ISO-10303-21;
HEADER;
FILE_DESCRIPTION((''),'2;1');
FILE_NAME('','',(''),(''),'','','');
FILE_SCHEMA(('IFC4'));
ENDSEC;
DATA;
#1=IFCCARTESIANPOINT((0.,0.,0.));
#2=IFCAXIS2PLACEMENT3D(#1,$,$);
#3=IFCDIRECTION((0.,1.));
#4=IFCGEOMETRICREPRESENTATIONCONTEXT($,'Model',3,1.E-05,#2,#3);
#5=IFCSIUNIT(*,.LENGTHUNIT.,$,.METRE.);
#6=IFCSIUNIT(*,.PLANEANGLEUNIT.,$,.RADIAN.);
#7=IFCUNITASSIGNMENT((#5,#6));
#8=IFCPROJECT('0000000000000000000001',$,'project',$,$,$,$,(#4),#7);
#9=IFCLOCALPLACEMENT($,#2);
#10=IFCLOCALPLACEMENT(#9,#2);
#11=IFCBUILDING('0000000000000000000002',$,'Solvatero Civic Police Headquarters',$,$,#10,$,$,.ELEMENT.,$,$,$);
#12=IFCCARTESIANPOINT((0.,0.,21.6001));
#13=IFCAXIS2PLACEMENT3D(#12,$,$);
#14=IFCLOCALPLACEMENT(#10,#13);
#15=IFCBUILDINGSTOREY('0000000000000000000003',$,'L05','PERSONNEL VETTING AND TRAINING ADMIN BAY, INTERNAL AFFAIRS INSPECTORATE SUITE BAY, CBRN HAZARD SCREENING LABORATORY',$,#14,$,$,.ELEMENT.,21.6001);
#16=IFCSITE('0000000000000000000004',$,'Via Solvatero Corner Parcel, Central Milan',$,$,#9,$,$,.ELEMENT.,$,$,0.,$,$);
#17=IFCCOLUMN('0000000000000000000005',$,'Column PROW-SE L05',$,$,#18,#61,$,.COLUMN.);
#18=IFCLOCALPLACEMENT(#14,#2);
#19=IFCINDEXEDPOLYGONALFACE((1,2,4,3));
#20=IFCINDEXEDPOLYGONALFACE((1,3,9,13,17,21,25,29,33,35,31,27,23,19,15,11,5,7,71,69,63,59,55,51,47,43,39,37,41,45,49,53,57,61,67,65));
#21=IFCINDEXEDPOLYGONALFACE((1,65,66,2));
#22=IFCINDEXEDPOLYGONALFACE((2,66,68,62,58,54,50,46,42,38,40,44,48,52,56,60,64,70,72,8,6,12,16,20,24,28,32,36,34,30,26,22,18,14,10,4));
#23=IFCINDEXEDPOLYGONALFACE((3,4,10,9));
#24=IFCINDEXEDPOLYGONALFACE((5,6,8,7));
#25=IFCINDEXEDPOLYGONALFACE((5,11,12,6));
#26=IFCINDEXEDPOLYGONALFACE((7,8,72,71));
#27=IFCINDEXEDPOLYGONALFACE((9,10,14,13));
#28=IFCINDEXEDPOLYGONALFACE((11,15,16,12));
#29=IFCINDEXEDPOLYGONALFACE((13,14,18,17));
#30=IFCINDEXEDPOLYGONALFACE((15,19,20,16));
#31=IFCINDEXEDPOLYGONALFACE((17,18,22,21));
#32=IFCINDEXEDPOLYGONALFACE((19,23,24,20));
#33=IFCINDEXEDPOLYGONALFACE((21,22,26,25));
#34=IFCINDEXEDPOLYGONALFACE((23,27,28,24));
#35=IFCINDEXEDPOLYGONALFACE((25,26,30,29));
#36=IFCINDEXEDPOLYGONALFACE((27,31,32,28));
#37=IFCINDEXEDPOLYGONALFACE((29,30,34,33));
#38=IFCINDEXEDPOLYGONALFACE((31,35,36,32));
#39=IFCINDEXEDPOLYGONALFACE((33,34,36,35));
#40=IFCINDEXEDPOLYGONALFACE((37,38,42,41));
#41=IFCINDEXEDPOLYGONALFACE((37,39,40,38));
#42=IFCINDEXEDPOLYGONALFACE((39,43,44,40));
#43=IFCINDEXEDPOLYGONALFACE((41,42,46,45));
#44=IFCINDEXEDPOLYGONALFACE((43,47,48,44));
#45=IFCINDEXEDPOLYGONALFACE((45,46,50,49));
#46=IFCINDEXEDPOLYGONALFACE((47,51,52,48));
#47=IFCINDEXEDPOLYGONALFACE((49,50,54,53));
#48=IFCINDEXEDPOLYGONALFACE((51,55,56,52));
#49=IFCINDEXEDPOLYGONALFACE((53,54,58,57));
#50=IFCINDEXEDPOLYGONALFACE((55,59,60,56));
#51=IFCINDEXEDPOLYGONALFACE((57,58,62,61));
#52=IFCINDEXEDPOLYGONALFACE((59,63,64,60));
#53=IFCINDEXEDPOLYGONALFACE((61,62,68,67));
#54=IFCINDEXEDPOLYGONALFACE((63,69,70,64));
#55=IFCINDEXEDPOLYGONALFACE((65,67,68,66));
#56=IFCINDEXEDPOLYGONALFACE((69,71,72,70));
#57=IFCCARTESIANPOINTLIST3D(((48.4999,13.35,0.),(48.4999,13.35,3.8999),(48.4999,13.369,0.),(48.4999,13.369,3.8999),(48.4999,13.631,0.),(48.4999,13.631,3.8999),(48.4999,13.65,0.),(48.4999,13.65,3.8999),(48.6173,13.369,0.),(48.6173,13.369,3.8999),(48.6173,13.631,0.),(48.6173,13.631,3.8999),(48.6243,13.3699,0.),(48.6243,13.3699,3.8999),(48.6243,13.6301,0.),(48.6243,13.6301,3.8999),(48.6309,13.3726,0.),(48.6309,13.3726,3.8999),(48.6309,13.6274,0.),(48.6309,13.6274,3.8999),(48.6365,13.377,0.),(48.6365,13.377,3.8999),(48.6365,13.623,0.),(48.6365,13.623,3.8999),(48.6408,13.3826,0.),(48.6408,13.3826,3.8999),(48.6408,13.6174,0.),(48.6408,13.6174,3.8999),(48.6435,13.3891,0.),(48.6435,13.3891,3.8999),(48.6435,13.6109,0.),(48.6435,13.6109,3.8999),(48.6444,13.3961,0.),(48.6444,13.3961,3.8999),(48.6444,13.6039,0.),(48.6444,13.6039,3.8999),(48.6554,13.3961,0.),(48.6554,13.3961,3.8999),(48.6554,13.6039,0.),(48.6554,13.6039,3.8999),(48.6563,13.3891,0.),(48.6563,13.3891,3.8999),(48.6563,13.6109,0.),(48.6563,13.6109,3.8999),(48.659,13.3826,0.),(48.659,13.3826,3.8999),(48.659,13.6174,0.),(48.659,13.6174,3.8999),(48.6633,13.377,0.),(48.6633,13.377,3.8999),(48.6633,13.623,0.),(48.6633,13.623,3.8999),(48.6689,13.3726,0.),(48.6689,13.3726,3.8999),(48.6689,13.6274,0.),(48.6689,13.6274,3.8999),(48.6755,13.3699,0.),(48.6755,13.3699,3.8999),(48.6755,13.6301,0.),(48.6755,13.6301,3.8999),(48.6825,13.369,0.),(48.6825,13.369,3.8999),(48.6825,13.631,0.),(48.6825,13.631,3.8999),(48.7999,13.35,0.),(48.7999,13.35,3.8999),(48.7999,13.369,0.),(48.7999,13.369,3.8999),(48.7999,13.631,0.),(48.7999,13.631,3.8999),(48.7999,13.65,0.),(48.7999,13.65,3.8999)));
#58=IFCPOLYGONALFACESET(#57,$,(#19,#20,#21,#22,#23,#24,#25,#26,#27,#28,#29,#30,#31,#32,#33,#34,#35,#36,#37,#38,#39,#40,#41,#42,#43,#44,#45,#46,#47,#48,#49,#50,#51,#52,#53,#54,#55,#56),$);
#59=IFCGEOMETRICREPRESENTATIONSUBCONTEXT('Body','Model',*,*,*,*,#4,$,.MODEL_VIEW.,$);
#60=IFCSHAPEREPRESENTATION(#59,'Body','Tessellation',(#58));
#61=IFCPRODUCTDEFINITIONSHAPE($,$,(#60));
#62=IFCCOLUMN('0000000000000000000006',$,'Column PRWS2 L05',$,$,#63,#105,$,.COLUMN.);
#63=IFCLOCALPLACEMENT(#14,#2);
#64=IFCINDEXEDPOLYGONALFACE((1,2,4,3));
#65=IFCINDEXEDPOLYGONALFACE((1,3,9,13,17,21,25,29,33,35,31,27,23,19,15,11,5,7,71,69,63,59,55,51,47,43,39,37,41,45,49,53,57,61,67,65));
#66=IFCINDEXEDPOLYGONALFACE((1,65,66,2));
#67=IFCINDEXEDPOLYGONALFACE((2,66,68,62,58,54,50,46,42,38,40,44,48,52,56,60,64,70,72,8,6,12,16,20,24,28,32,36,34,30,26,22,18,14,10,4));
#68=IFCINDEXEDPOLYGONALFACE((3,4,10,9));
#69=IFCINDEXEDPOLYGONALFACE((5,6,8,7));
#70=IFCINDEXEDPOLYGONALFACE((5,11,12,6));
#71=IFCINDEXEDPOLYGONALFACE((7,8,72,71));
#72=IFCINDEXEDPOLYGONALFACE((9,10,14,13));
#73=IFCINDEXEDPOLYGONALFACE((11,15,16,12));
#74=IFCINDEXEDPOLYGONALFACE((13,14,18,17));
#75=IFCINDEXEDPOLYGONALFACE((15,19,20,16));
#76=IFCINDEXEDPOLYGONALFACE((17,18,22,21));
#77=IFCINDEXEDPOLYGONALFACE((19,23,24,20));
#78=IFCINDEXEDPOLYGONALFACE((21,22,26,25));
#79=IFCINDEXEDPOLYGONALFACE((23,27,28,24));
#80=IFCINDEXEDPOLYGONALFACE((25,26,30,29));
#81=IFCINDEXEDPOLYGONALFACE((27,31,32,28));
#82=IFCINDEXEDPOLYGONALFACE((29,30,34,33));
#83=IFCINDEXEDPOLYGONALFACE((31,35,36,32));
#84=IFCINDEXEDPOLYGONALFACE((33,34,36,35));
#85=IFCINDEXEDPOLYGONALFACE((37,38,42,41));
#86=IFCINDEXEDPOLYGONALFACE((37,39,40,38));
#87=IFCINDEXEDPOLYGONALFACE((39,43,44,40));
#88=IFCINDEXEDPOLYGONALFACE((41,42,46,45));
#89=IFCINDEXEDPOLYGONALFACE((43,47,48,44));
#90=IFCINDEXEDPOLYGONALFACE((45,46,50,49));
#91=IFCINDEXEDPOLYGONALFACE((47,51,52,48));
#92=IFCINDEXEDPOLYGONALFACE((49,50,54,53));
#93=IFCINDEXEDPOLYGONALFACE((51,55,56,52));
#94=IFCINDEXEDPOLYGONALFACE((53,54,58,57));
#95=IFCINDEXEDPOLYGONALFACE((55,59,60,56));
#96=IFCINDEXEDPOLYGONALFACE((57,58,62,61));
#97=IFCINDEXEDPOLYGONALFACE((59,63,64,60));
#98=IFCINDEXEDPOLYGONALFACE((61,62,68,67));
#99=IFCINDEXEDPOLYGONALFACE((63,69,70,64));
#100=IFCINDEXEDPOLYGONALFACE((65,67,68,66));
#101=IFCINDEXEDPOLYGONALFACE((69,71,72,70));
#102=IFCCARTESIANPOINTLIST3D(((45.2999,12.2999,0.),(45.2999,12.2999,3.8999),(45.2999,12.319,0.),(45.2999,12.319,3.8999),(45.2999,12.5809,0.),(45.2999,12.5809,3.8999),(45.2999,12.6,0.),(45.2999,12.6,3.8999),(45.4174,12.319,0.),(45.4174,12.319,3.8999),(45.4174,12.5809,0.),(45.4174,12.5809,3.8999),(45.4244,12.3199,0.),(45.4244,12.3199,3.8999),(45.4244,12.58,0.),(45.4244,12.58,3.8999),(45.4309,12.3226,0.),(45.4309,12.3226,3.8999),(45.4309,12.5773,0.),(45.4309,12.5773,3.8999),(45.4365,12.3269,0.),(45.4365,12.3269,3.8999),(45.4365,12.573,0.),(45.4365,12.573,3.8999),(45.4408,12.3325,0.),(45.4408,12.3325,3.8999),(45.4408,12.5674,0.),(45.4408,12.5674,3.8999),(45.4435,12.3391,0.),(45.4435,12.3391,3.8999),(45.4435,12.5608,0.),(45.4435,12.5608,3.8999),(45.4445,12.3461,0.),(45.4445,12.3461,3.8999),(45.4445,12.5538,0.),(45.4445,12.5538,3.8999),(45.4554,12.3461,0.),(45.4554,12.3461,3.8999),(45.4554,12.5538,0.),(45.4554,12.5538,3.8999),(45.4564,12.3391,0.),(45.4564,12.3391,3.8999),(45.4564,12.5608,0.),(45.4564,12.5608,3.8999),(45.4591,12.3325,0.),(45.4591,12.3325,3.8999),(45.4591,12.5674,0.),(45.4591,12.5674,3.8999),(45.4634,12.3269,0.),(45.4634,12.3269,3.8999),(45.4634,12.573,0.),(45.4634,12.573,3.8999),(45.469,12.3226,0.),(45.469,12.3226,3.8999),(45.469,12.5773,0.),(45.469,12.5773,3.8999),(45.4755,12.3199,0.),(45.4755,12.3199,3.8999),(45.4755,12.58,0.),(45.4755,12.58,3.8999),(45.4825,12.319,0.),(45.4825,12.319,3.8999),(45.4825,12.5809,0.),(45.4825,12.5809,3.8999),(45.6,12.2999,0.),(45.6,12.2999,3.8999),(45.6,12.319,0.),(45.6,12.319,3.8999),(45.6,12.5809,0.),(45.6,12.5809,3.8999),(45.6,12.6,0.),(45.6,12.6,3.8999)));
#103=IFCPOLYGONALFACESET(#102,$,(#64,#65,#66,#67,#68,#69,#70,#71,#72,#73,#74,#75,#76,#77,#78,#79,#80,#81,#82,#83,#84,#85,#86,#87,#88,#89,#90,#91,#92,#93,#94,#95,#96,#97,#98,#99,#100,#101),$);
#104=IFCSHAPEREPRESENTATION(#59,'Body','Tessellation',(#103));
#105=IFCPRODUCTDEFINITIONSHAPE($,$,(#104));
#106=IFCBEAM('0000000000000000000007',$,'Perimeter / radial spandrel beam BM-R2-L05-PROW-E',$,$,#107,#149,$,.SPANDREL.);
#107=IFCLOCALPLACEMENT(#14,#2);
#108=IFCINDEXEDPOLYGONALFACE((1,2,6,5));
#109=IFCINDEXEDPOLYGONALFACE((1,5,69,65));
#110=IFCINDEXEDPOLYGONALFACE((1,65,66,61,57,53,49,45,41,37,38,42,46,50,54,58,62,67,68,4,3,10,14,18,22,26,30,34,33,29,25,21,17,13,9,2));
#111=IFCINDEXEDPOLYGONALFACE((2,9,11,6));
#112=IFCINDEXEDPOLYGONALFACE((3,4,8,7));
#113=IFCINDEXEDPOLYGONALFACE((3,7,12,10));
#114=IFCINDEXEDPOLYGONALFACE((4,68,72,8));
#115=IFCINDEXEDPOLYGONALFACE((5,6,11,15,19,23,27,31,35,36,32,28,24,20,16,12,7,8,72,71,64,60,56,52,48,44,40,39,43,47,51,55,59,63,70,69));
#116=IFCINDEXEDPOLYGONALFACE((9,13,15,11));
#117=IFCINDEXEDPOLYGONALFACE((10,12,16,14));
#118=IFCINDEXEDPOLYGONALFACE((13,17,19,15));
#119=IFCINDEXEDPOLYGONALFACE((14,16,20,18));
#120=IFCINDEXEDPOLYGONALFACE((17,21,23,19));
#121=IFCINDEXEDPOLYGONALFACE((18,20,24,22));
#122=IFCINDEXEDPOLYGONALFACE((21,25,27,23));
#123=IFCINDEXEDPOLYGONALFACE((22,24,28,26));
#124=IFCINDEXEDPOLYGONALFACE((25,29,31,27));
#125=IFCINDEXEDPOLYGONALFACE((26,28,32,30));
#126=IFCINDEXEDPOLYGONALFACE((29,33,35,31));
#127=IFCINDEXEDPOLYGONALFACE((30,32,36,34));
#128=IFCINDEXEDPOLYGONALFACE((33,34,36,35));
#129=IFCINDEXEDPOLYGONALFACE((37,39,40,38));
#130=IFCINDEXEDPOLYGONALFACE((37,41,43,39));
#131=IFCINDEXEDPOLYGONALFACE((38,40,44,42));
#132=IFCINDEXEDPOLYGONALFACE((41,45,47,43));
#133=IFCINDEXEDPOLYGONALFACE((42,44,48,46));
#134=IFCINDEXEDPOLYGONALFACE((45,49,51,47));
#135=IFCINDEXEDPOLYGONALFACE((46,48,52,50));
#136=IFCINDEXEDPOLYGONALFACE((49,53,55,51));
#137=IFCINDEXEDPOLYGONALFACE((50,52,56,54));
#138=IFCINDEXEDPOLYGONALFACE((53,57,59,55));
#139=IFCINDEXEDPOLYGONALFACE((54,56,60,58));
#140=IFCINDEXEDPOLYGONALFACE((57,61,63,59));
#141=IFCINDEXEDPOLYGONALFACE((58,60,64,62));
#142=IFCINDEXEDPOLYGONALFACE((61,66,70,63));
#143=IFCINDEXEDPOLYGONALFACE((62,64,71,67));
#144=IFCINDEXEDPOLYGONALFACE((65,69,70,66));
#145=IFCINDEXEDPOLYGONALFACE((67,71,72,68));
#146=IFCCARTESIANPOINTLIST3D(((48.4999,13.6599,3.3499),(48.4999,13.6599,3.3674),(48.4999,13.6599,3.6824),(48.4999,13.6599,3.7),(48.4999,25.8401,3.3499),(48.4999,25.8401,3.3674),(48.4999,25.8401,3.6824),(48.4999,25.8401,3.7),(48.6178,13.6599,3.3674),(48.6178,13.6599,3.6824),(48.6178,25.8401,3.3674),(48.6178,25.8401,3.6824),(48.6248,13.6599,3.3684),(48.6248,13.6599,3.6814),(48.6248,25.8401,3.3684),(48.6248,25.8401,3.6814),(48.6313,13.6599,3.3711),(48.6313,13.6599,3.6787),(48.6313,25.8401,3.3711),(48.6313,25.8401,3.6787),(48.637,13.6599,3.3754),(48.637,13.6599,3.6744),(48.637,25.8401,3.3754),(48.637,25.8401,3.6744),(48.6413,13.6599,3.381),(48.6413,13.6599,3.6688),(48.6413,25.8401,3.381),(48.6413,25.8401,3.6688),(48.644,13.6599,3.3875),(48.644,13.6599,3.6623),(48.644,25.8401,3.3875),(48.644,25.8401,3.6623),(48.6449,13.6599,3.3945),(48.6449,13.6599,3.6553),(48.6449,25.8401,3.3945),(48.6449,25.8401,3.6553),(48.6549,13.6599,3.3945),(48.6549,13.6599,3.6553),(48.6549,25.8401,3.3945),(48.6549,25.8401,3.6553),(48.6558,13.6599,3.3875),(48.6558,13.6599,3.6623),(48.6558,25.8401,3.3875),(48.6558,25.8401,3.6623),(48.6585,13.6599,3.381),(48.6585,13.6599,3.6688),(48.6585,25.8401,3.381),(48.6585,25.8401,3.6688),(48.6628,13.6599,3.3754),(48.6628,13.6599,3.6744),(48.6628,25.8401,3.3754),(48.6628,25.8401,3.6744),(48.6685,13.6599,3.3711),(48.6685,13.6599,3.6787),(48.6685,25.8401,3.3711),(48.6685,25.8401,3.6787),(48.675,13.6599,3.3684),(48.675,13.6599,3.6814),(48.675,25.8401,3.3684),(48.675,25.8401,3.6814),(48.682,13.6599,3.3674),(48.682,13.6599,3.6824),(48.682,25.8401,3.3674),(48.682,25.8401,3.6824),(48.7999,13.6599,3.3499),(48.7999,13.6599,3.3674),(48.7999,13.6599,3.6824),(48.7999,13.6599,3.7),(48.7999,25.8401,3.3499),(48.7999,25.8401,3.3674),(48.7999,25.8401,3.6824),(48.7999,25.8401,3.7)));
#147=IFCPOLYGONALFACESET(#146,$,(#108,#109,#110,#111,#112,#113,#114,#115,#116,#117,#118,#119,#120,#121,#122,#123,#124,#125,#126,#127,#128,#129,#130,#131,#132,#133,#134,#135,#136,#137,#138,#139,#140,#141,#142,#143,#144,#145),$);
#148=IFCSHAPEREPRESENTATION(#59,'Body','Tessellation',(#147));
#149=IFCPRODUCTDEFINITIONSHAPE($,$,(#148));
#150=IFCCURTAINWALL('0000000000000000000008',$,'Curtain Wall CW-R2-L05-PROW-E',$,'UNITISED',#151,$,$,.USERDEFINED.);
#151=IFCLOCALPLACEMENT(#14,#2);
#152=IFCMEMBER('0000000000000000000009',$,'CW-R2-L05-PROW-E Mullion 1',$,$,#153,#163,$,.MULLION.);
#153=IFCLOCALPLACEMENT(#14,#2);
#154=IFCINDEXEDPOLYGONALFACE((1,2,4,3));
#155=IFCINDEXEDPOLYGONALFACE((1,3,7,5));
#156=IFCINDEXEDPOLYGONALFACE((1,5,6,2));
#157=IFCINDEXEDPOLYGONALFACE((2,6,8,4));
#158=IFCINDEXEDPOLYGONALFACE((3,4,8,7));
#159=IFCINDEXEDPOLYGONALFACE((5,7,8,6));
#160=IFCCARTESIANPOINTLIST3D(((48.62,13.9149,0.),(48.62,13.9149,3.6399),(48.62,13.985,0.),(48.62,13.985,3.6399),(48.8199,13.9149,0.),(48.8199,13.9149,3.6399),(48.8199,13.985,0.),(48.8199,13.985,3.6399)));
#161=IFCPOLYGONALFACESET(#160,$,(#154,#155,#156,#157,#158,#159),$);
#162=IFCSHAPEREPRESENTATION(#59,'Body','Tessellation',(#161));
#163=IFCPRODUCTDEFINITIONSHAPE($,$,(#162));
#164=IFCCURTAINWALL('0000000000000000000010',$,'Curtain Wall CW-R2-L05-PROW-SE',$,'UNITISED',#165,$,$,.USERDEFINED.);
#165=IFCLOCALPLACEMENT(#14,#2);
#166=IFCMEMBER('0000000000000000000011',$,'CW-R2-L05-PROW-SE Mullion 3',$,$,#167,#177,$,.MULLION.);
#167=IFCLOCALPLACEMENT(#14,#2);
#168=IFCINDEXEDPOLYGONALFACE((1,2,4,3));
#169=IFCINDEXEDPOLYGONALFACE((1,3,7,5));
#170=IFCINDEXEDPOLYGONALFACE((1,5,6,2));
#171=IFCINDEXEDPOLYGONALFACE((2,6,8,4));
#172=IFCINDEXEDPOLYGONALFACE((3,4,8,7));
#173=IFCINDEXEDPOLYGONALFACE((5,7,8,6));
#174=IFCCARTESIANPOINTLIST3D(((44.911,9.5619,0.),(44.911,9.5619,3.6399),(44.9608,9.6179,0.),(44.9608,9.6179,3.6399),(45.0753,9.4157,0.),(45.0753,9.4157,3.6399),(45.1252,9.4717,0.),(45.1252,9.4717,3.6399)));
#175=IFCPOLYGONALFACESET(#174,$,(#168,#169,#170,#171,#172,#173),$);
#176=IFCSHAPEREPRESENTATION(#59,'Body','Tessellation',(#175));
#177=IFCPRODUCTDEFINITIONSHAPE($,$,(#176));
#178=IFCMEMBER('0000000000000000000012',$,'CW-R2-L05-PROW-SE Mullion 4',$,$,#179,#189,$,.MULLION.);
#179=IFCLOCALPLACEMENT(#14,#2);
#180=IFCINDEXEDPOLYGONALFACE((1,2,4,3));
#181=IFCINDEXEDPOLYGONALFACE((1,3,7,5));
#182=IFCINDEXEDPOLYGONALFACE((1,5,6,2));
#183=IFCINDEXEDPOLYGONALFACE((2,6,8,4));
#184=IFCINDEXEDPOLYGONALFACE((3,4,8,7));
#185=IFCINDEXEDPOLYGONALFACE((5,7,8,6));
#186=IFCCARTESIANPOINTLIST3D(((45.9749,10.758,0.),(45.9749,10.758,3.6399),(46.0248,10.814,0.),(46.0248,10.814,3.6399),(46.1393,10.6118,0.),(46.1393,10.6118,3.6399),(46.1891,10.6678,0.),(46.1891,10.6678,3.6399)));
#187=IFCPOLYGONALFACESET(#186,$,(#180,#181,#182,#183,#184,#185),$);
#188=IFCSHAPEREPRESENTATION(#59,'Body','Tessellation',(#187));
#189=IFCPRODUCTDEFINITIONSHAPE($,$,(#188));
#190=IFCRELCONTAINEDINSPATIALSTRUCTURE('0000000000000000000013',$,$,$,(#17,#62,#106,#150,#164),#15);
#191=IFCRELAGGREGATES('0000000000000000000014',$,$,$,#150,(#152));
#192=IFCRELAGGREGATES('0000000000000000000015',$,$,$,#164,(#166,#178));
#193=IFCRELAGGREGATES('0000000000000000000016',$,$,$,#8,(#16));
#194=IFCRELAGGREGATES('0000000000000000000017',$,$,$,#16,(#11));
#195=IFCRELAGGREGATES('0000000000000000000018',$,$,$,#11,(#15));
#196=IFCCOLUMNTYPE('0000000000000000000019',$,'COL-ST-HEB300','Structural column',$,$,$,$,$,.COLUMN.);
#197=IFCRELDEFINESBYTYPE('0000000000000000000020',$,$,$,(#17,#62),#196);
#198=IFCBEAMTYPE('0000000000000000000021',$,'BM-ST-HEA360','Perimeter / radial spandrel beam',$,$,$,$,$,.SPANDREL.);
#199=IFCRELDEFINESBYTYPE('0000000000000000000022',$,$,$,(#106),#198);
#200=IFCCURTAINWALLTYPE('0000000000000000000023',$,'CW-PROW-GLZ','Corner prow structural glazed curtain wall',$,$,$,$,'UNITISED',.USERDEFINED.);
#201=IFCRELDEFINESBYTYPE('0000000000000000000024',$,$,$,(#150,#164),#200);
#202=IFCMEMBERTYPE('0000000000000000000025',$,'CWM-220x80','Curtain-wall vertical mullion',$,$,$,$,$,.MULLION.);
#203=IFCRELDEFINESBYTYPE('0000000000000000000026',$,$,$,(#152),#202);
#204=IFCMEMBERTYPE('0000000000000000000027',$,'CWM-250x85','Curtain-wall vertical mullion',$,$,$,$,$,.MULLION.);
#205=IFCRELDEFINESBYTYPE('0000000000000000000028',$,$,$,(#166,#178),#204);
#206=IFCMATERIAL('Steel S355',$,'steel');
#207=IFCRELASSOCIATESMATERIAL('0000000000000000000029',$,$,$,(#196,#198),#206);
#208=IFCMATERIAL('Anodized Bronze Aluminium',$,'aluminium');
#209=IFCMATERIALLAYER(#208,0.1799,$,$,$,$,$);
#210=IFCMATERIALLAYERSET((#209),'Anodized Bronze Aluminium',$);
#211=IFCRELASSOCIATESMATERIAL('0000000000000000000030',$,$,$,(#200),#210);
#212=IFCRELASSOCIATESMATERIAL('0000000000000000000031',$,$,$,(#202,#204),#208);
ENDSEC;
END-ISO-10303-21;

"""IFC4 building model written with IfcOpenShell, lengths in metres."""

from ifc_helpers import new_model, si_unit, direction, frame, origin, origin_2d, place, context, subcontext, project, spatial, rectangle, i_section, extrude, material, layer, layer_set, material_profile, profile_set, type_object, element, aggregate, save


model = new_model("IFC4")

# Units and contexts
model_context = context("Model", 3, precision=1e-05, world=origin(), true_north=direction((0.0, 1.0)))
body_context = subcontext(model_context, "Body", "Model", "MODEL_VIEW")
ifc_project = project(units=[si_unit("LENGTHUNIT", "METRE"), si_unit("PLANEANGLEUNIT", "RADIAN")], contexts=[model_context])

# Site, building, storey
site_placement = place(None, origin())
site = spatial("IfcSite", under=ifc_project, at=site_placement, Name="Via Solvatero Corner Parcel, Central Milan", CompositionType="ELEMENT", RefElevation=0.0)
building_placement = place(site_placement, origin())
building = spatial("IfcBuilding", under=site, at=building_placement, Name="Solvatero Civic Police Headquarters", CompositionType="ELEMENT")
storey_placement = place(building_placement, frame((0.0, 0.0, 21.6001)))
storey = spatial("IfcBuildingStorey", under=building, at=storey_placement, Name="L05", Description="PERSONNEL VETTING AND TRAINING ADMIN BAY, INTERNAL AFFAIRS INSPECTORATE SUITE BAY, CBRN HAZARD SCREENING LABORATORY", CompositionType="ELEMENT", Elevation=21.6001)

# Columns
ifc_material_1 = material(Name="Steel S355", Category="steel")
ifc_material_profile_1 = material_profile(ifc_material_1, i_section(OverallWidth=0.3, OverallDepth=0.3, WebThickness=0.011, FlangeThickness=0.019, FilletRadius=0.0271, at=origin_2d()), Name="HEB 300")
ifc_profile_set_1 = profile_set([ifc_material_profile_1], Name="Steel S355")
column_type = type_object("IfcColumnType", Name="COL-ST-HEB300", Description="Structural column", PredefinedType="COLUMN", material=ifc_profile_set_1)
for number, where, z_axis, x_axis, name in (
    (1, (48.6499, 13.5, 0.0), (0.0, 0.0, 1.0), (1.0, 0.0, 0.0), "Column PROW-SE L05"),
    (2, (45.45, 12.45, 0.0), (0.0, 0.0, 1.0), (1.0, 0.0, 0.0), "Column PRWS2 L05"),
):
    element("IfcColumn", number, at=place(storey_placement, frame(where, z_axis=z_axis, x_axis=x_axis)), inside=storey, type_object=column_type, Name=name, PredefinedType="COLUMN", context=body_context, shape_type="SweptSolid", body=[
        extrude(i_section(OverallWidth=0.3, OverallDepth=0.3, WebThickness=0.011, FlangeThickness=0.019, FilletRadius=0.0271, at=origin_2d()), origin(), (0.0, 0.0, 1.0), 3.8999),
    ])

# Beam
ifc_material_profile_2 = material_profile(ifc_material_1, i_section(OverallWidth=0.3, OverallDepth=0.3501, WebThickness=0.01, FlangeThickness=0.0176, FilletRadius=0.0271, at=origin_2d()), Name="HEA 360")
ifc_profile_set_2 = profile_set([ifc_material_profile_2], Name="Steel S355")
beam_type = type_object("IfcBeamType", Name="BM-ST-HEA360", Description="Perimeter / radial spandrel beam", PredefinedType="SPANDREL", material=ifc_profile_set_2)
beam_placement = place(storey_placement, frame((48.6499, 13.6599, 3.5249), z_axis=(0.0, 1.0, 0.0), x_axis=(-1.0, 0.0, 0.0)))
element("IfcBeam", 3, at=beam_placement, inside=storey, type_object=beam_type, Name="Perimeter / radial spandrel beam BM-R2-L05-PROW-E", PredefinedType="SPANDREL", context=body_context, shape_type="SweptSolid", body=[
    extrude(i_section(OverallWidth=0.3, OverallDepth=0.3501, WebThickness=0.01, FlangeThickness=0.0176, FilletRadius=0.0271, at=origin_2d()), origin(), (0.0, 0.0, 1.0), 12.1802),
])

# Curtain wall, member
ifc_material_2 = material(Name="Anodized Bronze Aluminium", Category="aluminium")
ifc_layer_1 = layer(ifc_material_2, 0.1799)
ifc_layer_set_1 = layer_set([ifc_layer_1], Name="Anodized Bronze Aluminium")
curtain_wall_type = type_object("IfcCurtainWallType", Name="CW-PROW-GLZ", Description="Corner prow structural glazed curtain wall", ElementType="UNITISED", PredefinedType="USERDEFINED", material=ifc_layer_set_1)
curtain_wall_1_placement = place(storey_placement, origin())
curtain_wall_1 = element("IfcCurtainWall", 4, at=curtain_wall_1_placement, inside=storey, type_object=curtain_wall_type, Name="Curtain Wall CW-R2-L05-PROW-E", ObjectType="UNITISED", PredefinedType="USERDEFINED")
ifc_material_profile_3 = material_profile(ifc_material_2, rectangle(XDim=0.0701, YDim=0.2, at=origin_2d()), Name="ALU MULLION 70x200")
ifc_profile_set_3 = profile_set([ifc_material_profile_3], Name="Anodized Bronze Aluminium")
member_type_1 = type_object("IfcMemberType", Name="CWM-220x80", Description="Curtain-wall vertical mullion", PredefinedType="MULLION", material=ifc_profile_set_3)
member_1_placement = place(storey_placement, frame((48.72, 13.95, 0.0), z_axis=(0.0, 0.0, 1.0), x_axis=(0.0, 1.0, 0.0)))
member_1 = element("IfcMember", 5, at=member_1_placement, type_object=member_type_1, Name="CW-R2-L05-PROW-E Mullion 1", PredefinedType="MULLION", context=body_context, shape_type="SweptSolid", body=[
    extrude(rectangle(XDim=0.0701, YDim=0.2, at=origin_2d()), origin(), (0.0, 0.0, 1.0), 3.6399),
])

# Curtain wall, members
curtain_wall_2_placement = place(storey_placement, origin())
curtain_wall_2 = element("IfcCurtainWall", 6, at=curtain_wall_2_placement, inside=storey, type_object=curtain_wall_type, Name="Curtain Wall CW-R2-L05-PROW-SE", ObjectType="UNITISED", PredefinedType="USERDEFINED")
ifc_material_profile_4 = material_profile(ifc_material_2, rectangle(XDim=0.075, YDim=0.22, at=origin_2d()), Name="ALU MULLION 75x220")
ifc_profile_set_4 = profile_set([ifc_material_profile_4], Name="Anodized Bronze Aluminium")
member_type_2 = type_object("IfcMemberType", Name="CWM-250x85", Description="Curtain-wall vertical mullion", PredefinedType="MULLION", material=ifc_profile_set_4)
member_2_placement = place(storey_placement, frame((45.0181, 9.5168, 0.0), z_axis=(0.0, 0.0, 1.0), x_axis=(0.664657, 0.747149, 0.0)))
member_2 = element("IfcMember", 7, at=member_2_placement, type_object=member_type_2, Name="CW-R2-L05-PROW-SE Mullion 3", PredefinedType="MULLION", context=body_context, shape_type="SweptSolid", body=[
    extrude(rectangle(XDim=0.075, YDim=0.22, at=origin_2d()), origin(), (0.0, 0.0, 1.0), 3.6399),
])
member_3_placement = place(storey_placement, frame((46.082, 10.7129, 0.0), z_axis=(0.0, 0.0, 1.0), x_axis=(0.664657, 0.747149, 0.0)))
member_3 = element("IfcMember", 8, at=member_3_placement, type_object=member_type_2, Name="CW-R2-L05-PROW-SE Mullion 4", PredefinedType="MULLION", context=body_context, shape_type="SweptSolid", body=[
    extrude(rectangle(XDim=0.075, YDim=0.22, at=origin_2d()), origin(), (0.0, 0.0, 1.0), 3.6399),
])

aggregate(curtain_wall_1, [member_1])
aggregate(curtain_wall_2, [member_2, member_3])

save(model, "model.ifc")
